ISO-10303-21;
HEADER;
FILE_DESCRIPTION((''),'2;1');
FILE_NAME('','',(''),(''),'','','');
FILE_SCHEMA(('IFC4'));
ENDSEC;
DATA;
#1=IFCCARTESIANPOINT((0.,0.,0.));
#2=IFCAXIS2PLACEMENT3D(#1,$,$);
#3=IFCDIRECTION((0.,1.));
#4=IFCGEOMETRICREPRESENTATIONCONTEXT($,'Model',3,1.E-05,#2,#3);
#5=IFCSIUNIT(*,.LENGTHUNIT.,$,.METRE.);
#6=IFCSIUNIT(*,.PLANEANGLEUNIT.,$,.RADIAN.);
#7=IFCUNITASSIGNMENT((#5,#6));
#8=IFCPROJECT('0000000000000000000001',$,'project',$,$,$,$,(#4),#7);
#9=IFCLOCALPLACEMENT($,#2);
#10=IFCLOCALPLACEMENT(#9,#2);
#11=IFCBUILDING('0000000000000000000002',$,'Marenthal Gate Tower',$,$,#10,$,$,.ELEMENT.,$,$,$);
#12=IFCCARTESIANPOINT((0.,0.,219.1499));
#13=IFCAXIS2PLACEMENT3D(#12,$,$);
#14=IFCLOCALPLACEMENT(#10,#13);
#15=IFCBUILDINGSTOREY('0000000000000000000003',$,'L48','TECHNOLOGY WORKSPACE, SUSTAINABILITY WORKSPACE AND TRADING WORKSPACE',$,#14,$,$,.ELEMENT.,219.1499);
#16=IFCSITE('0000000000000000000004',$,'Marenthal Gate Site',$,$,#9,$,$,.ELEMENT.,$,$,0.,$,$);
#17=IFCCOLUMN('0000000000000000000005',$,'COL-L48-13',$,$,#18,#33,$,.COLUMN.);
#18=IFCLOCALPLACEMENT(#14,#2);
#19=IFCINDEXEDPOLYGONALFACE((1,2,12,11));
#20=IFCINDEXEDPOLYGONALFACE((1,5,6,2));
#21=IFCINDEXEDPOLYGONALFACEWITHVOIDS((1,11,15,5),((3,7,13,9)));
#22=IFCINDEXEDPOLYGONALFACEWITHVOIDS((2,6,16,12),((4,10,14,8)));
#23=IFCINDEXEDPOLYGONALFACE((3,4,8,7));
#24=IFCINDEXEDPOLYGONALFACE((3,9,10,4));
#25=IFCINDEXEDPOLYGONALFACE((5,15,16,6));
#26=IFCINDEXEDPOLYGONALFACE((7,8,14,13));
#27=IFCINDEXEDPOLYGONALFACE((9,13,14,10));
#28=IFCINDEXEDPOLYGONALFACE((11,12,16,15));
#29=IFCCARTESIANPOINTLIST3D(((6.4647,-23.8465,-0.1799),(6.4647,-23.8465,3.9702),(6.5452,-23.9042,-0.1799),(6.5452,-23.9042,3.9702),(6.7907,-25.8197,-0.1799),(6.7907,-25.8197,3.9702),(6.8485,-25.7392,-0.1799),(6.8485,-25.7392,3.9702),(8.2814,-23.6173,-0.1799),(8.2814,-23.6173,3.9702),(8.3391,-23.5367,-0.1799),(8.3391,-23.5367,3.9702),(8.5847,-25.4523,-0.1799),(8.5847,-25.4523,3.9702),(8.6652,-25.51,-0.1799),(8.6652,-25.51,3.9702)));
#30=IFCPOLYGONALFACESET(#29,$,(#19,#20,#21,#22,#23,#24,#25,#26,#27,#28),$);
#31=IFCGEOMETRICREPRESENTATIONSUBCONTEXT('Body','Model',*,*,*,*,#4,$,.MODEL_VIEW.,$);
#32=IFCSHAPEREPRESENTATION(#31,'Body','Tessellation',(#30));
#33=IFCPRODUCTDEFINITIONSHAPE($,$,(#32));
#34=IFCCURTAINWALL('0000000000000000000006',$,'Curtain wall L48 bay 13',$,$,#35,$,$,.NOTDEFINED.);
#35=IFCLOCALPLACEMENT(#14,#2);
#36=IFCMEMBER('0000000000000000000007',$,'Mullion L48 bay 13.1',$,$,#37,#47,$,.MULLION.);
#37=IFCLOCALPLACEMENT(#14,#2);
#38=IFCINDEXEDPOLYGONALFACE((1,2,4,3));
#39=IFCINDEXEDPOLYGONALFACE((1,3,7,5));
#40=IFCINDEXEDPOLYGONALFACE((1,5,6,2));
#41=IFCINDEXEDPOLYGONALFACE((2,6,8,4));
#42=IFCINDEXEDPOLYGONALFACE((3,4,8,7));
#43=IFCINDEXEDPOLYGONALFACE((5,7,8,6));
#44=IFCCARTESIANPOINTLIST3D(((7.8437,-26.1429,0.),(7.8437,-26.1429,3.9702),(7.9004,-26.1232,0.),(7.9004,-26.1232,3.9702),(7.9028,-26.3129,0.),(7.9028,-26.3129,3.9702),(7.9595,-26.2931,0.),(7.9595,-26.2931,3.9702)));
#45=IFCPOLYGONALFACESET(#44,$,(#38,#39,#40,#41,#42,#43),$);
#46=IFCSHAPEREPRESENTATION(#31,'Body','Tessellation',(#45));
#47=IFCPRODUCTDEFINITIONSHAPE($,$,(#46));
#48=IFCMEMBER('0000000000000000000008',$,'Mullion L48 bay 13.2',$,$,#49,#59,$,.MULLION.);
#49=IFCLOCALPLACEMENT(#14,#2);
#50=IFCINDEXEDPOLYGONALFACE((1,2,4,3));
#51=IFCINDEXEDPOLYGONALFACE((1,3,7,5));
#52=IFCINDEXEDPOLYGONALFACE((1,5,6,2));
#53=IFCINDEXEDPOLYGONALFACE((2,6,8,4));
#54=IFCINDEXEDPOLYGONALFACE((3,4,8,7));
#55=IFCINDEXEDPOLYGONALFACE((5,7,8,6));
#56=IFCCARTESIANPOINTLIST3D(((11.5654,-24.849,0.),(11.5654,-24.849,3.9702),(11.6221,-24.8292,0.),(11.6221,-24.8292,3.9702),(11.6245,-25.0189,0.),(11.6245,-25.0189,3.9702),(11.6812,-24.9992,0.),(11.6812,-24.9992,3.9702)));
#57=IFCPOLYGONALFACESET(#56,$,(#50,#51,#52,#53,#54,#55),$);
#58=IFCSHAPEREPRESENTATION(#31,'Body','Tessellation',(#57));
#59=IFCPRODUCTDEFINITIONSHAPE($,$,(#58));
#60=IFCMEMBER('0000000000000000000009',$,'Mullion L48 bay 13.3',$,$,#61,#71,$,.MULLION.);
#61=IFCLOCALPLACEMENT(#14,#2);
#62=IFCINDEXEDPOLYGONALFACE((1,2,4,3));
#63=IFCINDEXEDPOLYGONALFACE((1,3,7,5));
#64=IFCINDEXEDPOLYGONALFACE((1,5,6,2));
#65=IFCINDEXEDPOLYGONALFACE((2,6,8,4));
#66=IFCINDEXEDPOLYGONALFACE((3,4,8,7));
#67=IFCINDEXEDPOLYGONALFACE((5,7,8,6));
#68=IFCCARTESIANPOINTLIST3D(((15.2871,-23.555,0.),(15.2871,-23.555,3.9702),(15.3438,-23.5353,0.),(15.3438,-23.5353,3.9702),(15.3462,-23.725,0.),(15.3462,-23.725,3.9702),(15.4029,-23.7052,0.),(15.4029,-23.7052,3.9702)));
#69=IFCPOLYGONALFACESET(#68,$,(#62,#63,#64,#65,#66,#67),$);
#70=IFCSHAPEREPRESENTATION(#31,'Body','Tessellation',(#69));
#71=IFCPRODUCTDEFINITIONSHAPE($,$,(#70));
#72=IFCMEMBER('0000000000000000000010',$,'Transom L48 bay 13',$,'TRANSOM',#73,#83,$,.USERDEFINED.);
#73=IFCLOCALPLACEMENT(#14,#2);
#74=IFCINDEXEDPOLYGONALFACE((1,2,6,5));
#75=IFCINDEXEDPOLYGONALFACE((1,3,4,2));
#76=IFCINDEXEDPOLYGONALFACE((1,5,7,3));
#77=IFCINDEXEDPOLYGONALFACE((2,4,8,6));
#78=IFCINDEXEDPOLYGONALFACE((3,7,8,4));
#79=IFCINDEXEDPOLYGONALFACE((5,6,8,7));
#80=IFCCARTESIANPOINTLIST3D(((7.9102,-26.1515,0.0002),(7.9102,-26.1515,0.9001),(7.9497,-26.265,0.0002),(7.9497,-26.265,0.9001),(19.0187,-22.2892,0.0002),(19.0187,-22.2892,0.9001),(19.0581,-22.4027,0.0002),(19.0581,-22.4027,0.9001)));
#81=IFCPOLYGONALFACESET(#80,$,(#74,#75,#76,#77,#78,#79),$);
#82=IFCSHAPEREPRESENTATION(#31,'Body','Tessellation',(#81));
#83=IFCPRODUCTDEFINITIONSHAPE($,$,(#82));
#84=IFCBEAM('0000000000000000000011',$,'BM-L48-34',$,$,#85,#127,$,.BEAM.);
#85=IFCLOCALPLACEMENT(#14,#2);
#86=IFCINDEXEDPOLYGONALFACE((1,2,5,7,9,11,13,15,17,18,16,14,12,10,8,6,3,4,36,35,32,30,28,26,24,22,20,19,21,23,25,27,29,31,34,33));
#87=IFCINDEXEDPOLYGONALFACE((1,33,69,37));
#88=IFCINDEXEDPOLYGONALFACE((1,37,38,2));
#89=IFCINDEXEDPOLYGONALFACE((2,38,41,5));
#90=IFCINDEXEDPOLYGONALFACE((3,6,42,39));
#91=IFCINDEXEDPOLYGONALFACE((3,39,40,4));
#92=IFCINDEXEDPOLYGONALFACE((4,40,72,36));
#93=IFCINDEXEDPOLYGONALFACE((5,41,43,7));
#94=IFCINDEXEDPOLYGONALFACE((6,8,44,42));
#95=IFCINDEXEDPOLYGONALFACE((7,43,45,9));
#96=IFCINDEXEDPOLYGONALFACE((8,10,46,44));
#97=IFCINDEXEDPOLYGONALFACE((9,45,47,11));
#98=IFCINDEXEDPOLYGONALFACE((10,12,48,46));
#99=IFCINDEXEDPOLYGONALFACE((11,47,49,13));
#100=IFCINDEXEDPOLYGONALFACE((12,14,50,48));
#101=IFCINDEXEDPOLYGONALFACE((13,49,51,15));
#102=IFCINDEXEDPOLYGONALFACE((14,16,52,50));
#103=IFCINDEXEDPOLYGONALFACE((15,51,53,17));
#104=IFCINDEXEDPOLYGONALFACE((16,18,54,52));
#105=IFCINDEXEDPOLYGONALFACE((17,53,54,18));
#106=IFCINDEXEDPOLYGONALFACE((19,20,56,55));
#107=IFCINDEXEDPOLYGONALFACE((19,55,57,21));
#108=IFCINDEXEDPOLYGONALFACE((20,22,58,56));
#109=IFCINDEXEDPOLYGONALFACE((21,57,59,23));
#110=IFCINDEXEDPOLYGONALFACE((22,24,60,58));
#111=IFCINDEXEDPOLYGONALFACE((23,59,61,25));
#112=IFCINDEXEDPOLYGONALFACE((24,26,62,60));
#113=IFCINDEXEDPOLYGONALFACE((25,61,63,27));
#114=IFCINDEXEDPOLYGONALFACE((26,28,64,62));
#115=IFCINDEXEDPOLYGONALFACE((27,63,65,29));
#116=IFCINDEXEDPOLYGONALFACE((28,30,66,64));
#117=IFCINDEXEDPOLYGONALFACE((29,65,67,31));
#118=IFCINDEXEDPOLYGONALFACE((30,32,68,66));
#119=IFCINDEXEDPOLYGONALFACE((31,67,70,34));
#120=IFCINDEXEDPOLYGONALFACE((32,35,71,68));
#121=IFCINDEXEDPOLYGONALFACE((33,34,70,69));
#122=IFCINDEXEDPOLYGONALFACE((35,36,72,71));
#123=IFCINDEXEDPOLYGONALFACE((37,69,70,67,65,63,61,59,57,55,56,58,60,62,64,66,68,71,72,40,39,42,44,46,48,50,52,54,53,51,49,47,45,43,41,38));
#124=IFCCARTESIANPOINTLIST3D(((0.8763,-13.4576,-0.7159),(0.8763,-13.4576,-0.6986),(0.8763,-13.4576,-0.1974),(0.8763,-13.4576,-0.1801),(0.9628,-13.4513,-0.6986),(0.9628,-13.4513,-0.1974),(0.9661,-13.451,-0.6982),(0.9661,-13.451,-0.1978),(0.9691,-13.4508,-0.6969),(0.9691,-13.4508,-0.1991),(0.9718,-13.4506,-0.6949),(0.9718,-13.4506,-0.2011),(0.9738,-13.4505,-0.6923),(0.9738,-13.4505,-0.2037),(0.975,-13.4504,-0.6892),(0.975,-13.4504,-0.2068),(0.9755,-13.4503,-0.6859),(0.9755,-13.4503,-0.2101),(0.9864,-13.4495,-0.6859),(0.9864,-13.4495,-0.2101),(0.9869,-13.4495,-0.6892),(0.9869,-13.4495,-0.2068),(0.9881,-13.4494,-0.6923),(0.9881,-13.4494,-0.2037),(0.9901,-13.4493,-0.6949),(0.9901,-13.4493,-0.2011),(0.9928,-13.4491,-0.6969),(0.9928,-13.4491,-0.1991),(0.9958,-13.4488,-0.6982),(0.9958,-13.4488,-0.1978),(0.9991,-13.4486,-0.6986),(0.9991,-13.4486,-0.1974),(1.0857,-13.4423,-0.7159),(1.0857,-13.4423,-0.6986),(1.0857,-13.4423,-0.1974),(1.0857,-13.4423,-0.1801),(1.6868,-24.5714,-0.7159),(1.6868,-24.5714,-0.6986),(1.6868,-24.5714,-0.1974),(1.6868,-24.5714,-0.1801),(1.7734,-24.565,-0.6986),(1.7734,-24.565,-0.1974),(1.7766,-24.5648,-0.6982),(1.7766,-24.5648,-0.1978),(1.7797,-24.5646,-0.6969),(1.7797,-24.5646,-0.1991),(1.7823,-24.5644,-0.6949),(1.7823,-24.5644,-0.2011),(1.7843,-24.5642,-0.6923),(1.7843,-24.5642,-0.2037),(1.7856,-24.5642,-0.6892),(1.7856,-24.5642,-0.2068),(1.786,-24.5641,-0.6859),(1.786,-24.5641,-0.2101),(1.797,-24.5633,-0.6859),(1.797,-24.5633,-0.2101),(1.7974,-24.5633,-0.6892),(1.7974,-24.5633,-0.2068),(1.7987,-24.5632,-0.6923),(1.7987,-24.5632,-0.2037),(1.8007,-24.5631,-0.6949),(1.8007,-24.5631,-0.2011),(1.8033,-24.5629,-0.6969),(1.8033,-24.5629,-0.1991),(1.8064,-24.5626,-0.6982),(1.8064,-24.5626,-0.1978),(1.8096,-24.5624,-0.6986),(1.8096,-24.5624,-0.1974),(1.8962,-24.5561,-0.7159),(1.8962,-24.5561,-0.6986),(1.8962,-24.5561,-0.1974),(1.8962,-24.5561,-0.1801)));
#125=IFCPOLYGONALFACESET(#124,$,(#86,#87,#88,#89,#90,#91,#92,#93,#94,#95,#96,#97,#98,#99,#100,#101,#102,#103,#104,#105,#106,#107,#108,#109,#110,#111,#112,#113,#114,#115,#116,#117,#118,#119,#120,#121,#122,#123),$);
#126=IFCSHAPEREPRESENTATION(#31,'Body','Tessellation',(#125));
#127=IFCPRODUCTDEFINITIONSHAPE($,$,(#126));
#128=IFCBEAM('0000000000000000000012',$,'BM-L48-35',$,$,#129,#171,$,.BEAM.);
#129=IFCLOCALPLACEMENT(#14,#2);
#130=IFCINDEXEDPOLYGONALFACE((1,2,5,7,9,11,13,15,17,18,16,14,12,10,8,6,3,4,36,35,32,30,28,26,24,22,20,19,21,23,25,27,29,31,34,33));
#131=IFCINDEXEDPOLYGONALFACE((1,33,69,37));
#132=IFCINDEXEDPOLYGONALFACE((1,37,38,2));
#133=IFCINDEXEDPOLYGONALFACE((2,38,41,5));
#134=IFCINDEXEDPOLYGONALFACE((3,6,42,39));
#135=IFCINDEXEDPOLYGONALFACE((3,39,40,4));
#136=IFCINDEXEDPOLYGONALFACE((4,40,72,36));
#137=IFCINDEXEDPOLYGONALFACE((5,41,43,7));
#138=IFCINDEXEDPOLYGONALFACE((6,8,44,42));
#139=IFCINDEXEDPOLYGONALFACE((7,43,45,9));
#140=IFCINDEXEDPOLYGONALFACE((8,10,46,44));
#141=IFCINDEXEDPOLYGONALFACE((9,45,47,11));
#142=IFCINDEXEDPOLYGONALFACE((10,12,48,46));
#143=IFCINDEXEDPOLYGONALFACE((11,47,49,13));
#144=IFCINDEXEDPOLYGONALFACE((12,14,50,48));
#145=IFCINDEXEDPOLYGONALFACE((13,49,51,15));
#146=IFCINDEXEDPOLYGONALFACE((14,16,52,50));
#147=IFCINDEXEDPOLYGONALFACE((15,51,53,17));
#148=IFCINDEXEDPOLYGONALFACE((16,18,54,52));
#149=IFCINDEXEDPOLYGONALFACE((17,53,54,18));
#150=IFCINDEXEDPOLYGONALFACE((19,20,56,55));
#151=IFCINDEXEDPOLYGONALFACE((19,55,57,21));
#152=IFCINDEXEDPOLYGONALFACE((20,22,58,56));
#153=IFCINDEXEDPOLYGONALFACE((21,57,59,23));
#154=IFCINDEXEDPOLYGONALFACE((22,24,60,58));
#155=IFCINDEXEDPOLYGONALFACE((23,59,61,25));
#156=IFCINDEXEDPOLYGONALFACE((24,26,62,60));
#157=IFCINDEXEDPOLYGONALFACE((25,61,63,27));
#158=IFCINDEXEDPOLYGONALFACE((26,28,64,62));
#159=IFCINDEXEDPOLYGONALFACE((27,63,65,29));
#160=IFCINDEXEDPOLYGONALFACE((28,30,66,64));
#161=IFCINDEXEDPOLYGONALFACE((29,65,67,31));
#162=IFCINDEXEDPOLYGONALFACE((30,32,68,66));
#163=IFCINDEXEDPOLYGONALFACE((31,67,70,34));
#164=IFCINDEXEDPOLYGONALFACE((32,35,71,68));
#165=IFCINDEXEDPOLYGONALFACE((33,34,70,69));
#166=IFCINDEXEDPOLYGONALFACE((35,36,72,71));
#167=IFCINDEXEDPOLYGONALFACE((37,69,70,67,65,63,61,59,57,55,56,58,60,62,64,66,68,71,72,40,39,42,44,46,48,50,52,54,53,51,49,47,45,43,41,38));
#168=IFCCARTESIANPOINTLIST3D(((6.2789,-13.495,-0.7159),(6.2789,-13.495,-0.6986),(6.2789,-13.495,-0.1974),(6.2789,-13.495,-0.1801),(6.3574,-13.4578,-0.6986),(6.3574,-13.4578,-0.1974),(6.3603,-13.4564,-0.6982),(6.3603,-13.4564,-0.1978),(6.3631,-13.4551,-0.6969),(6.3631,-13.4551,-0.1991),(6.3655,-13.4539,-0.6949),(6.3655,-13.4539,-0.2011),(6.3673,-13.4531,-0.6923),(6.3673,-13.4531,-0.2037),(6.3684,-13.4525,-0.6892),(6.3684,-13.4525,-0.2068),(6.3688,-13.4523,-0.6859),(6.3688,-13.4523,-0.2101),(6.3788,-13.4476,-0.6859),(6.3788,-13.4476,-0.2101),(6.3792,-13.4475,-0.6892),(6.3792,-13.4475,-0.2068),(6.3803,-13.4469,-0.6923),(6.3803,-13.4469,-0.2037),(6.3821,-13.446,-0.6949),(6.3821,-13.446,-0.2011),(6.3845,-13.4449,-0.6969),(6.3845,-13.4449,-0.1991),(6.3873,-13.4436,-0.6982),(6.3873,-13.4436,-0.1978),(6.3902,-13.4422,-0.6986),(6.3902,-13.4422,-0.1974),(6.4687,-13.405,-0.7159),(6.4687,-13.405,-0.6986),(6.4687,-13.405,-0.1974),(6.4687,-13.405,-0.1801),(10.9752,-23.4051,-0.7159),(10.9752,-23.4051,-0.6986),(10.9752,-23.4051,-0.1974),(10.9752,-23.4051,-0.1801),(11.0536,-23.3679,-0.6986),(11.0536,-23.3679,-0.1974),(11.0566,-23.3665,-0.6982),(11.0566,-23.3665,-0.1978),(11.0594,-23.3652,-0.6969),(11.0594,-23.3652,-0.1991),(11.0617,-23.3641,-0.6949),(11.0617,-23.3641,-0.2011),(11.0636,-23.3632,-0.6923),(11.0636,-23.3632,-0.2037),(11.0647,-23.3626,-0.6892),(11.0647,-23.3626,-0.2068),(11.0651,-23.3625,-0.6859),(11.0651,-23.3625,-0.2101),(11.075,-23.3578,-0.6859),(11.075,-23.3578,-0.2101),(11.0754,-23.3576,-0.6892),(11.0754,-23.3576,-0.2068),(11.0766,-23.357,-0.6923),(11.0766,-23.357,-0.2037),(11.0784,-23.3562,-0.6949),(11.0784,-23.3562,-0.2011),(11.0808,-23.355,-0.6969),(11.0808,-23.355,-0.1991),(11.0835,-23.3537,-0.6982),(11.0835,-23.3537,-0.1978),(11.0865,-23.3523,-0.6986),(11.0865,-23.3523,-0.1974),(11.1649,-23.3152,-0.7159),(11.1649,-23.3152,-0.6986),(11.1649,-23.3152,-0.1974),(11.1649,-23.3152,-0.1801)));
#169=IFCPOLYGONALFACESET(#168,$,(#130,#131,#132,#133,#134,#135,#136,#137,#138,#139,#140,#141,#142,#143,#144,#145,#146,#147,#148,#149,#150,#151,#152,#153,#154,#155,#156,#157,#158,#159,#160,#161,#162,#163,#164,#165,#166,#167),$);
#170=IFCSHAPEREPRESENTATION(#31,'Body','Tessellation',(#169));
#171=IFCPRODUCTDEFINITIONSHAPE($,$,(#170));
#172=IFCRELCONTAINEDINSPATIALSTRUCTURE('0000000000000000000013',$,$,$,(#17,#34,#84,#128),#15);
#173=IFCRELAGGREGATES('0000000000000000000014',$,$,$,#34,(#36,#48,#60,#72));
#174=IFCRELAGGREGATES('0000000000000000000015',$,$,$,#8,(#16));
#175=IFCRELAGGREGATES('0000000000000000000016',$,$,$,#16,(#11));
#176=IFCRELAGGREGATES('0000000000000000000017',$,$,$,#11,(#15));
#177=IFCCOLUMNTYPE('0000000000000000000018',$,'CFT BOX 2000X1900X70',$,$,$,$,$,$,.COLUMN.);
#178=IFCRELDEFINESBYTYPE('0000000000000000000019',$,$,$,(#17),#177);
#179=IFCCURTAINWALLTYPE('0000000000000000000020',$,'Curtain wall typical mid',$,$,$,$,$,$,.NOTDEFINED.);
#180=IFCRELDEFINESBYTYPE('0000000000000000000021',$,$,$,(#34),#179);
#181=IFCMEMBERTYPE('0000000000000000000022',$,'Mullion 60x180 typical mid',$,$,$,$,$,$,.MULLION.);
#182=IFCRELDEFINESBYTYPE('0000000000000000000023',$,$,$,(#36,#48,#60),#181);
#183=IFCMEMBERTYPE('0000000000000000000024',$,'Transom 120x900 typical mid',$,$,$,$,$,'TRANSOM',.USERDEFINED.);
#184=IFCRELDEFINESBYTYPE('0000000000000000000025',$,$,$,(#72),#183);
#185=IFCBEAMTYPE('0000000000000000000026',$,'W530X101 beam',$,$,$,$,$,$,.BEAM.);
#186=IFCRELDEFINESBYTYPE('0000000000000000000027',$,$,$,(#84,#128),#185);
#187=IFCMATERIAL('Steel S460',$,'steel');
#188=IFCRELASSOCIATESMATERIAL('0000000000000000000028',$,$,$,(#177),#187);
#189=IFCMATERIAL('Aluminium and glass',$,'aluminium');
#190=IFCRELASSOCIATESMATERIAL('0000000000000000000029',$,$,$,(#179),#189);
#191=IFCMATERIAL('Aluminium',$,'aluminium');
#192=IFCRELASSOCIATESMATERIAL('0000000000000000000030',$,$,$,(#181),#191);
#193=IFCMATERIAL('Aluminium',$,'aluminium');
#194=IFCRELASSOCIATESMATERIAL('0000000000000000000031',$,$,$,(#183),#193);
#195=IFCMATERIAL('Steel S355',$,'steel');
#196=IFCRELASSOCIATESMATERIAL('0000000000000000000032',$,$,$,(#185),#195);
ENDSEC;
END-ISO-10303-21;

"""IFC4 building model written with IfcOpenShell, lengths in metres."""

from ifc_helpers import new_model, si_unit, direction, frame, origin, origin_2d, place, context, subcontext, project, spatial, rectangle, hollow_rectangle, i_section, extrude, material, material_profile, profile_set, type_object, element, aggregate, save


model = new_model("IFC4")

# Units and contexts
model_context = context("Model", 3, precision=1e-05, world=origin(), true_north=direction((0.0, 1.0)))
body_context = subcontext(model_context, "Body", "Model", "MODEL_VIEW")
ifc_project = project(units=[si_unit("LENGTHUNIT", "METRE"), si_unit("PLANEANGLEUNIT", "RADIAN")], contexts=[model_context])

# Site, building, storey
site_placement = place(None, origin())
site = spatial("IfcSite", under=ifc_project, at=site_placement, Name="Marenthal Gate Site", CompositionType="ELEMENT", RefElevation=0.0)
building_placement = place(site_placement, origin())
building = spatial("IfcBuilding", under=site, at=building_placement, Name="Marenthal Gate Tower", CompositionType="ELEMENT")
storey_placement = place(building_placement, frame((0.0, 0.0, 219.1499)))
storey = spatial("IfcBuildingStorey", under=building, at=storey_placement, Name="L48", Description="TECHNOLOGY WORKSPACE, SUSTAINABILITY WORKSPACE AND TRADING WORKSPACE", CompositionType="ELEMENT", Elevation=219.1499)

# Column
ifc_material_1 = material(Name="Steel S460", Category="steel")
ifc_material_profile_1 = material_profile(ifc_material_1, hollow_rectangle(XDim=1.8999, YDim=2.0, WallThickness=0.0701, at=origin_2d()), Name="CFT BOX 2000X1900X70")
ifc_material_2 = material(Name="Concrete 70 MPa", Category="concrete")
ifc_material_profile_2 = material_profile(ifc_material_2, rectangle(XDim=1.76, YDim=1.8601, at=origin_2d()), Name="CFT BOX 2000X1900X70 INFILL")
ifc_profile_set_1 = profile_set([ifc_material_profile_1, ifc_material_profile_2], Name="Steel S460 shell, Concrete 70 MPa infill")
column_type = type_object("IfcColumnType", Name="CFT BOX 2000X1900X70", PredefinedType="COLUMN", material=ifc_profile_set_1)
column_placement = place(storey_placement, frame((7.5649, -24.6782, -0.1799), z_axis=(0.0, 0.0, 1.0), x_axis=(-0.986619, -0.163044, 0.0)))
element("IfcColumn", 1, at=column_placement, inside=storey, type_object=column_type, Name="COL-L48-13", PredefinedType="COLUMN", context=body_context, shape_type="SweptSolid", body=[
    extrude(hollow_rectangle(XDim=1.8999, YDim=2.0, WallThickness=0.0701, at=origin_2d()), origin(), (0.0, 0.0, 1.0), 4.1501),
])

# Curtain wall, members
ifc_material_3 = material(Name="Aluminium and glass", Category="aluminium")
curtain_wall_type = type_object("IfcCurtainWallType", Name="Curtain wall typical mid", PredefinedType="NOTDEFINED", material=ifc_material_3)
curtain_wall_placement = place(storey_placement, origin())
curtain_wall = element("IfcCurtainWall", 2, at=curtain_wall_placement, inside=storey, type_object=curtain_wall_type, Name="Curtain wall L48 bay 13", PredefinedType="NOTDEFINED")
ifc_material_4 = material(Name="Aluminium", Category="aluminium")
ifc_material_profile_3 = material_profile(ifc_material_4, rectangle(XDim=0.1799, YDim=0.0601, at=origin_2d()), Name="60x180 aluminium mullion")
ifc_profile_set_2 = profile_set([ifc_material_profile_3], Name="Aluminium")
member_type_1 = type_object("IfcMemberType", Name="Mullion 60x180 typical mid", PredefinedType="MULLION", material=ifc_profile_set_2)
member_1_placement = place(storey_placement, frame((7.9016, -26.218, 0.0), z_axis=(0.0, 0.0, 1.0), x_axis=(-0.3284, 0.944539, 0.0)))
member_1 = element("IfcMember", 3, at=member_1_placement, type_object=member_type_1, Name="Mullion L48 bay 13.1", PredefinedType="MULLION", context=body_context, shape_type="SweptSolid", body=[
    extrude(rectangle(XDim=0.1799, YDim=0.0601, at=origin_2d()), origin(), (0.0, 0.0, 1.0), 3.9702),
])
member_2_placement = place(storey_placement, frame((11.6233, -24.9241, 0.0), z_axis=(0.0, 0.0, 1.0), x_axis=(-0.3284, 0.944539, 0.0)))
member_2 = element("IfcMember", 4, at=member_2_placement, type_object=member_type_1, Name="Mullion L48 bay 13.2", PredefinedType="MULLION", context=body_context, shape_type="SweptSolid", body=[
    extrude(rectangle(XDim=0.1799, YDim=0.0601, at=origin_2d()), origin(), (0.0, 0.0, 1.0), 3.9702),
])
member_3_placement = place(storey_placement, frame((15.345, -23.6301, 0.0), z_axis=(0.0, 0.0, 1.0), x_axis=(-0.3284, 0.944539, 0.0)))
member_3 = element("IfcMember", 5, at=member_3_placement, type_object=member_type_1, Name="Mullion L48 bay 13.3", PredefinedType="MULLION", context=body_context, shape_type="SweptSolid", body=[
    extrude(rectangle(XDim=0.1799, YDim=0.0601, at=origin_2d()), origin(), (0.0, 0.0, 1.0), 3.9702),
])
ifc_material_5 = material(Name="Aluminium", Category="aluminium")
ifc_material_profile_4 = material_profile(ifc_material_5, rectangle(XDim=0.1201, YDim=0.8999, at=origin_2d()), Name="120x900 aluminium transom")
ifc_profile_set_3 = profile_set([ifc_material_profile_4], Name="Aluminium")
member_type_2 = type_object("IfcMemberType", Name="Transom 120x900 typical mid", ElementType="TRANSOM", PredefinedType="USERDEFINED", material=ifc_profile_set_3)
member_4_placement = place(storey_placement, frame((7.9299, -26.2083, 0.4502), z_axis=(0.944536, 0.328408, 0.0), x_axis=(-0.328408, 0.944536, 0.0)))
member_4 = element("IfcMember", 6, at=member_4_placement, type_object=member_type_2, Name="Transom L48 bay 13", ObjectType="TRANSOM", PredefinedType="USERDEFINED", context=body_context, shape_type="SweptSolid", body=[
    extrude(rectangle(XDim=0.1201, YDim=0.8999, at=origin_2d()), origin(), (0.0, 0.0, 1.0), 11.7607),
])

# Beams
ifc_material_6 = material(Name="Steel S355", Category="steel")
ifc_material_profile_5 = material_profile(ifc_material_6, i_section(OverallWidth=0.21, OverallDepth=0.5359, WebThickness=0.011, FlangeThickness=0.0173, FilletRadius=0.0127, at=origin_2d()), Name="W530X101")
ifc_profile_set_4 = profile_set([ifc_material_profile_5], Name="Steel S355")
beam_type_1 = type_object("IfcBeamType", Name="W530X101 beam", PredefinedType="BEAM", material=ifc_profile_set_4)
beam_1_placement = place(storey_placement, frame((1.7915, -24.5637, -0.448), z_axis=(-0.072739, 0.997351, 0.0), x_axis=(-0.997351, -0.072739, 0.0)))
element("IfcBeam", 7, at=beam_1_placement, inside=storey, type_object=beam_type_1, Name="BM-L48-34", PredefinedType="BEAM", context=body_context, shape_type="SweptSolid", body=[
    extrude(i_section(OverallWidth=0.21, OverallDepth=0.5359, WebThickness=0.011, FlangeThickness=0.0173, FilletRadius=0.0127, at=origin_2d()), origin(), (0.0, 0.0, 1.0), 11.1433),
])
beam_2_placement = place(storey_placement, frame((11.0701, -23.3601, -0.448), z_axis=(-0.428236, 0.903667, 0.0), x_axis=(-0.903667, -0.428236, 0.0)))
element("IfcBeam", 8, at=beam_2_placement, inside=storey, type_object=beam_type_1, Name="BM-L48-35", PredefinedType="BEAM", context=body_context, shape_type="SweptSolid", body=[
    extrude(i_section(OverallWidth=0.21, OverallDepth=0.5359, WebThickness=0.011, FlangeThickness=0.0173, FilletRadius=0.0127, at=origin_2d()), origin(), (0.0, 0.0, 1.0), 10.9666),
])

aggregate(curtain_wall, [member_1, member_2, member_3, member_4])

save(model, "model.ifc")
